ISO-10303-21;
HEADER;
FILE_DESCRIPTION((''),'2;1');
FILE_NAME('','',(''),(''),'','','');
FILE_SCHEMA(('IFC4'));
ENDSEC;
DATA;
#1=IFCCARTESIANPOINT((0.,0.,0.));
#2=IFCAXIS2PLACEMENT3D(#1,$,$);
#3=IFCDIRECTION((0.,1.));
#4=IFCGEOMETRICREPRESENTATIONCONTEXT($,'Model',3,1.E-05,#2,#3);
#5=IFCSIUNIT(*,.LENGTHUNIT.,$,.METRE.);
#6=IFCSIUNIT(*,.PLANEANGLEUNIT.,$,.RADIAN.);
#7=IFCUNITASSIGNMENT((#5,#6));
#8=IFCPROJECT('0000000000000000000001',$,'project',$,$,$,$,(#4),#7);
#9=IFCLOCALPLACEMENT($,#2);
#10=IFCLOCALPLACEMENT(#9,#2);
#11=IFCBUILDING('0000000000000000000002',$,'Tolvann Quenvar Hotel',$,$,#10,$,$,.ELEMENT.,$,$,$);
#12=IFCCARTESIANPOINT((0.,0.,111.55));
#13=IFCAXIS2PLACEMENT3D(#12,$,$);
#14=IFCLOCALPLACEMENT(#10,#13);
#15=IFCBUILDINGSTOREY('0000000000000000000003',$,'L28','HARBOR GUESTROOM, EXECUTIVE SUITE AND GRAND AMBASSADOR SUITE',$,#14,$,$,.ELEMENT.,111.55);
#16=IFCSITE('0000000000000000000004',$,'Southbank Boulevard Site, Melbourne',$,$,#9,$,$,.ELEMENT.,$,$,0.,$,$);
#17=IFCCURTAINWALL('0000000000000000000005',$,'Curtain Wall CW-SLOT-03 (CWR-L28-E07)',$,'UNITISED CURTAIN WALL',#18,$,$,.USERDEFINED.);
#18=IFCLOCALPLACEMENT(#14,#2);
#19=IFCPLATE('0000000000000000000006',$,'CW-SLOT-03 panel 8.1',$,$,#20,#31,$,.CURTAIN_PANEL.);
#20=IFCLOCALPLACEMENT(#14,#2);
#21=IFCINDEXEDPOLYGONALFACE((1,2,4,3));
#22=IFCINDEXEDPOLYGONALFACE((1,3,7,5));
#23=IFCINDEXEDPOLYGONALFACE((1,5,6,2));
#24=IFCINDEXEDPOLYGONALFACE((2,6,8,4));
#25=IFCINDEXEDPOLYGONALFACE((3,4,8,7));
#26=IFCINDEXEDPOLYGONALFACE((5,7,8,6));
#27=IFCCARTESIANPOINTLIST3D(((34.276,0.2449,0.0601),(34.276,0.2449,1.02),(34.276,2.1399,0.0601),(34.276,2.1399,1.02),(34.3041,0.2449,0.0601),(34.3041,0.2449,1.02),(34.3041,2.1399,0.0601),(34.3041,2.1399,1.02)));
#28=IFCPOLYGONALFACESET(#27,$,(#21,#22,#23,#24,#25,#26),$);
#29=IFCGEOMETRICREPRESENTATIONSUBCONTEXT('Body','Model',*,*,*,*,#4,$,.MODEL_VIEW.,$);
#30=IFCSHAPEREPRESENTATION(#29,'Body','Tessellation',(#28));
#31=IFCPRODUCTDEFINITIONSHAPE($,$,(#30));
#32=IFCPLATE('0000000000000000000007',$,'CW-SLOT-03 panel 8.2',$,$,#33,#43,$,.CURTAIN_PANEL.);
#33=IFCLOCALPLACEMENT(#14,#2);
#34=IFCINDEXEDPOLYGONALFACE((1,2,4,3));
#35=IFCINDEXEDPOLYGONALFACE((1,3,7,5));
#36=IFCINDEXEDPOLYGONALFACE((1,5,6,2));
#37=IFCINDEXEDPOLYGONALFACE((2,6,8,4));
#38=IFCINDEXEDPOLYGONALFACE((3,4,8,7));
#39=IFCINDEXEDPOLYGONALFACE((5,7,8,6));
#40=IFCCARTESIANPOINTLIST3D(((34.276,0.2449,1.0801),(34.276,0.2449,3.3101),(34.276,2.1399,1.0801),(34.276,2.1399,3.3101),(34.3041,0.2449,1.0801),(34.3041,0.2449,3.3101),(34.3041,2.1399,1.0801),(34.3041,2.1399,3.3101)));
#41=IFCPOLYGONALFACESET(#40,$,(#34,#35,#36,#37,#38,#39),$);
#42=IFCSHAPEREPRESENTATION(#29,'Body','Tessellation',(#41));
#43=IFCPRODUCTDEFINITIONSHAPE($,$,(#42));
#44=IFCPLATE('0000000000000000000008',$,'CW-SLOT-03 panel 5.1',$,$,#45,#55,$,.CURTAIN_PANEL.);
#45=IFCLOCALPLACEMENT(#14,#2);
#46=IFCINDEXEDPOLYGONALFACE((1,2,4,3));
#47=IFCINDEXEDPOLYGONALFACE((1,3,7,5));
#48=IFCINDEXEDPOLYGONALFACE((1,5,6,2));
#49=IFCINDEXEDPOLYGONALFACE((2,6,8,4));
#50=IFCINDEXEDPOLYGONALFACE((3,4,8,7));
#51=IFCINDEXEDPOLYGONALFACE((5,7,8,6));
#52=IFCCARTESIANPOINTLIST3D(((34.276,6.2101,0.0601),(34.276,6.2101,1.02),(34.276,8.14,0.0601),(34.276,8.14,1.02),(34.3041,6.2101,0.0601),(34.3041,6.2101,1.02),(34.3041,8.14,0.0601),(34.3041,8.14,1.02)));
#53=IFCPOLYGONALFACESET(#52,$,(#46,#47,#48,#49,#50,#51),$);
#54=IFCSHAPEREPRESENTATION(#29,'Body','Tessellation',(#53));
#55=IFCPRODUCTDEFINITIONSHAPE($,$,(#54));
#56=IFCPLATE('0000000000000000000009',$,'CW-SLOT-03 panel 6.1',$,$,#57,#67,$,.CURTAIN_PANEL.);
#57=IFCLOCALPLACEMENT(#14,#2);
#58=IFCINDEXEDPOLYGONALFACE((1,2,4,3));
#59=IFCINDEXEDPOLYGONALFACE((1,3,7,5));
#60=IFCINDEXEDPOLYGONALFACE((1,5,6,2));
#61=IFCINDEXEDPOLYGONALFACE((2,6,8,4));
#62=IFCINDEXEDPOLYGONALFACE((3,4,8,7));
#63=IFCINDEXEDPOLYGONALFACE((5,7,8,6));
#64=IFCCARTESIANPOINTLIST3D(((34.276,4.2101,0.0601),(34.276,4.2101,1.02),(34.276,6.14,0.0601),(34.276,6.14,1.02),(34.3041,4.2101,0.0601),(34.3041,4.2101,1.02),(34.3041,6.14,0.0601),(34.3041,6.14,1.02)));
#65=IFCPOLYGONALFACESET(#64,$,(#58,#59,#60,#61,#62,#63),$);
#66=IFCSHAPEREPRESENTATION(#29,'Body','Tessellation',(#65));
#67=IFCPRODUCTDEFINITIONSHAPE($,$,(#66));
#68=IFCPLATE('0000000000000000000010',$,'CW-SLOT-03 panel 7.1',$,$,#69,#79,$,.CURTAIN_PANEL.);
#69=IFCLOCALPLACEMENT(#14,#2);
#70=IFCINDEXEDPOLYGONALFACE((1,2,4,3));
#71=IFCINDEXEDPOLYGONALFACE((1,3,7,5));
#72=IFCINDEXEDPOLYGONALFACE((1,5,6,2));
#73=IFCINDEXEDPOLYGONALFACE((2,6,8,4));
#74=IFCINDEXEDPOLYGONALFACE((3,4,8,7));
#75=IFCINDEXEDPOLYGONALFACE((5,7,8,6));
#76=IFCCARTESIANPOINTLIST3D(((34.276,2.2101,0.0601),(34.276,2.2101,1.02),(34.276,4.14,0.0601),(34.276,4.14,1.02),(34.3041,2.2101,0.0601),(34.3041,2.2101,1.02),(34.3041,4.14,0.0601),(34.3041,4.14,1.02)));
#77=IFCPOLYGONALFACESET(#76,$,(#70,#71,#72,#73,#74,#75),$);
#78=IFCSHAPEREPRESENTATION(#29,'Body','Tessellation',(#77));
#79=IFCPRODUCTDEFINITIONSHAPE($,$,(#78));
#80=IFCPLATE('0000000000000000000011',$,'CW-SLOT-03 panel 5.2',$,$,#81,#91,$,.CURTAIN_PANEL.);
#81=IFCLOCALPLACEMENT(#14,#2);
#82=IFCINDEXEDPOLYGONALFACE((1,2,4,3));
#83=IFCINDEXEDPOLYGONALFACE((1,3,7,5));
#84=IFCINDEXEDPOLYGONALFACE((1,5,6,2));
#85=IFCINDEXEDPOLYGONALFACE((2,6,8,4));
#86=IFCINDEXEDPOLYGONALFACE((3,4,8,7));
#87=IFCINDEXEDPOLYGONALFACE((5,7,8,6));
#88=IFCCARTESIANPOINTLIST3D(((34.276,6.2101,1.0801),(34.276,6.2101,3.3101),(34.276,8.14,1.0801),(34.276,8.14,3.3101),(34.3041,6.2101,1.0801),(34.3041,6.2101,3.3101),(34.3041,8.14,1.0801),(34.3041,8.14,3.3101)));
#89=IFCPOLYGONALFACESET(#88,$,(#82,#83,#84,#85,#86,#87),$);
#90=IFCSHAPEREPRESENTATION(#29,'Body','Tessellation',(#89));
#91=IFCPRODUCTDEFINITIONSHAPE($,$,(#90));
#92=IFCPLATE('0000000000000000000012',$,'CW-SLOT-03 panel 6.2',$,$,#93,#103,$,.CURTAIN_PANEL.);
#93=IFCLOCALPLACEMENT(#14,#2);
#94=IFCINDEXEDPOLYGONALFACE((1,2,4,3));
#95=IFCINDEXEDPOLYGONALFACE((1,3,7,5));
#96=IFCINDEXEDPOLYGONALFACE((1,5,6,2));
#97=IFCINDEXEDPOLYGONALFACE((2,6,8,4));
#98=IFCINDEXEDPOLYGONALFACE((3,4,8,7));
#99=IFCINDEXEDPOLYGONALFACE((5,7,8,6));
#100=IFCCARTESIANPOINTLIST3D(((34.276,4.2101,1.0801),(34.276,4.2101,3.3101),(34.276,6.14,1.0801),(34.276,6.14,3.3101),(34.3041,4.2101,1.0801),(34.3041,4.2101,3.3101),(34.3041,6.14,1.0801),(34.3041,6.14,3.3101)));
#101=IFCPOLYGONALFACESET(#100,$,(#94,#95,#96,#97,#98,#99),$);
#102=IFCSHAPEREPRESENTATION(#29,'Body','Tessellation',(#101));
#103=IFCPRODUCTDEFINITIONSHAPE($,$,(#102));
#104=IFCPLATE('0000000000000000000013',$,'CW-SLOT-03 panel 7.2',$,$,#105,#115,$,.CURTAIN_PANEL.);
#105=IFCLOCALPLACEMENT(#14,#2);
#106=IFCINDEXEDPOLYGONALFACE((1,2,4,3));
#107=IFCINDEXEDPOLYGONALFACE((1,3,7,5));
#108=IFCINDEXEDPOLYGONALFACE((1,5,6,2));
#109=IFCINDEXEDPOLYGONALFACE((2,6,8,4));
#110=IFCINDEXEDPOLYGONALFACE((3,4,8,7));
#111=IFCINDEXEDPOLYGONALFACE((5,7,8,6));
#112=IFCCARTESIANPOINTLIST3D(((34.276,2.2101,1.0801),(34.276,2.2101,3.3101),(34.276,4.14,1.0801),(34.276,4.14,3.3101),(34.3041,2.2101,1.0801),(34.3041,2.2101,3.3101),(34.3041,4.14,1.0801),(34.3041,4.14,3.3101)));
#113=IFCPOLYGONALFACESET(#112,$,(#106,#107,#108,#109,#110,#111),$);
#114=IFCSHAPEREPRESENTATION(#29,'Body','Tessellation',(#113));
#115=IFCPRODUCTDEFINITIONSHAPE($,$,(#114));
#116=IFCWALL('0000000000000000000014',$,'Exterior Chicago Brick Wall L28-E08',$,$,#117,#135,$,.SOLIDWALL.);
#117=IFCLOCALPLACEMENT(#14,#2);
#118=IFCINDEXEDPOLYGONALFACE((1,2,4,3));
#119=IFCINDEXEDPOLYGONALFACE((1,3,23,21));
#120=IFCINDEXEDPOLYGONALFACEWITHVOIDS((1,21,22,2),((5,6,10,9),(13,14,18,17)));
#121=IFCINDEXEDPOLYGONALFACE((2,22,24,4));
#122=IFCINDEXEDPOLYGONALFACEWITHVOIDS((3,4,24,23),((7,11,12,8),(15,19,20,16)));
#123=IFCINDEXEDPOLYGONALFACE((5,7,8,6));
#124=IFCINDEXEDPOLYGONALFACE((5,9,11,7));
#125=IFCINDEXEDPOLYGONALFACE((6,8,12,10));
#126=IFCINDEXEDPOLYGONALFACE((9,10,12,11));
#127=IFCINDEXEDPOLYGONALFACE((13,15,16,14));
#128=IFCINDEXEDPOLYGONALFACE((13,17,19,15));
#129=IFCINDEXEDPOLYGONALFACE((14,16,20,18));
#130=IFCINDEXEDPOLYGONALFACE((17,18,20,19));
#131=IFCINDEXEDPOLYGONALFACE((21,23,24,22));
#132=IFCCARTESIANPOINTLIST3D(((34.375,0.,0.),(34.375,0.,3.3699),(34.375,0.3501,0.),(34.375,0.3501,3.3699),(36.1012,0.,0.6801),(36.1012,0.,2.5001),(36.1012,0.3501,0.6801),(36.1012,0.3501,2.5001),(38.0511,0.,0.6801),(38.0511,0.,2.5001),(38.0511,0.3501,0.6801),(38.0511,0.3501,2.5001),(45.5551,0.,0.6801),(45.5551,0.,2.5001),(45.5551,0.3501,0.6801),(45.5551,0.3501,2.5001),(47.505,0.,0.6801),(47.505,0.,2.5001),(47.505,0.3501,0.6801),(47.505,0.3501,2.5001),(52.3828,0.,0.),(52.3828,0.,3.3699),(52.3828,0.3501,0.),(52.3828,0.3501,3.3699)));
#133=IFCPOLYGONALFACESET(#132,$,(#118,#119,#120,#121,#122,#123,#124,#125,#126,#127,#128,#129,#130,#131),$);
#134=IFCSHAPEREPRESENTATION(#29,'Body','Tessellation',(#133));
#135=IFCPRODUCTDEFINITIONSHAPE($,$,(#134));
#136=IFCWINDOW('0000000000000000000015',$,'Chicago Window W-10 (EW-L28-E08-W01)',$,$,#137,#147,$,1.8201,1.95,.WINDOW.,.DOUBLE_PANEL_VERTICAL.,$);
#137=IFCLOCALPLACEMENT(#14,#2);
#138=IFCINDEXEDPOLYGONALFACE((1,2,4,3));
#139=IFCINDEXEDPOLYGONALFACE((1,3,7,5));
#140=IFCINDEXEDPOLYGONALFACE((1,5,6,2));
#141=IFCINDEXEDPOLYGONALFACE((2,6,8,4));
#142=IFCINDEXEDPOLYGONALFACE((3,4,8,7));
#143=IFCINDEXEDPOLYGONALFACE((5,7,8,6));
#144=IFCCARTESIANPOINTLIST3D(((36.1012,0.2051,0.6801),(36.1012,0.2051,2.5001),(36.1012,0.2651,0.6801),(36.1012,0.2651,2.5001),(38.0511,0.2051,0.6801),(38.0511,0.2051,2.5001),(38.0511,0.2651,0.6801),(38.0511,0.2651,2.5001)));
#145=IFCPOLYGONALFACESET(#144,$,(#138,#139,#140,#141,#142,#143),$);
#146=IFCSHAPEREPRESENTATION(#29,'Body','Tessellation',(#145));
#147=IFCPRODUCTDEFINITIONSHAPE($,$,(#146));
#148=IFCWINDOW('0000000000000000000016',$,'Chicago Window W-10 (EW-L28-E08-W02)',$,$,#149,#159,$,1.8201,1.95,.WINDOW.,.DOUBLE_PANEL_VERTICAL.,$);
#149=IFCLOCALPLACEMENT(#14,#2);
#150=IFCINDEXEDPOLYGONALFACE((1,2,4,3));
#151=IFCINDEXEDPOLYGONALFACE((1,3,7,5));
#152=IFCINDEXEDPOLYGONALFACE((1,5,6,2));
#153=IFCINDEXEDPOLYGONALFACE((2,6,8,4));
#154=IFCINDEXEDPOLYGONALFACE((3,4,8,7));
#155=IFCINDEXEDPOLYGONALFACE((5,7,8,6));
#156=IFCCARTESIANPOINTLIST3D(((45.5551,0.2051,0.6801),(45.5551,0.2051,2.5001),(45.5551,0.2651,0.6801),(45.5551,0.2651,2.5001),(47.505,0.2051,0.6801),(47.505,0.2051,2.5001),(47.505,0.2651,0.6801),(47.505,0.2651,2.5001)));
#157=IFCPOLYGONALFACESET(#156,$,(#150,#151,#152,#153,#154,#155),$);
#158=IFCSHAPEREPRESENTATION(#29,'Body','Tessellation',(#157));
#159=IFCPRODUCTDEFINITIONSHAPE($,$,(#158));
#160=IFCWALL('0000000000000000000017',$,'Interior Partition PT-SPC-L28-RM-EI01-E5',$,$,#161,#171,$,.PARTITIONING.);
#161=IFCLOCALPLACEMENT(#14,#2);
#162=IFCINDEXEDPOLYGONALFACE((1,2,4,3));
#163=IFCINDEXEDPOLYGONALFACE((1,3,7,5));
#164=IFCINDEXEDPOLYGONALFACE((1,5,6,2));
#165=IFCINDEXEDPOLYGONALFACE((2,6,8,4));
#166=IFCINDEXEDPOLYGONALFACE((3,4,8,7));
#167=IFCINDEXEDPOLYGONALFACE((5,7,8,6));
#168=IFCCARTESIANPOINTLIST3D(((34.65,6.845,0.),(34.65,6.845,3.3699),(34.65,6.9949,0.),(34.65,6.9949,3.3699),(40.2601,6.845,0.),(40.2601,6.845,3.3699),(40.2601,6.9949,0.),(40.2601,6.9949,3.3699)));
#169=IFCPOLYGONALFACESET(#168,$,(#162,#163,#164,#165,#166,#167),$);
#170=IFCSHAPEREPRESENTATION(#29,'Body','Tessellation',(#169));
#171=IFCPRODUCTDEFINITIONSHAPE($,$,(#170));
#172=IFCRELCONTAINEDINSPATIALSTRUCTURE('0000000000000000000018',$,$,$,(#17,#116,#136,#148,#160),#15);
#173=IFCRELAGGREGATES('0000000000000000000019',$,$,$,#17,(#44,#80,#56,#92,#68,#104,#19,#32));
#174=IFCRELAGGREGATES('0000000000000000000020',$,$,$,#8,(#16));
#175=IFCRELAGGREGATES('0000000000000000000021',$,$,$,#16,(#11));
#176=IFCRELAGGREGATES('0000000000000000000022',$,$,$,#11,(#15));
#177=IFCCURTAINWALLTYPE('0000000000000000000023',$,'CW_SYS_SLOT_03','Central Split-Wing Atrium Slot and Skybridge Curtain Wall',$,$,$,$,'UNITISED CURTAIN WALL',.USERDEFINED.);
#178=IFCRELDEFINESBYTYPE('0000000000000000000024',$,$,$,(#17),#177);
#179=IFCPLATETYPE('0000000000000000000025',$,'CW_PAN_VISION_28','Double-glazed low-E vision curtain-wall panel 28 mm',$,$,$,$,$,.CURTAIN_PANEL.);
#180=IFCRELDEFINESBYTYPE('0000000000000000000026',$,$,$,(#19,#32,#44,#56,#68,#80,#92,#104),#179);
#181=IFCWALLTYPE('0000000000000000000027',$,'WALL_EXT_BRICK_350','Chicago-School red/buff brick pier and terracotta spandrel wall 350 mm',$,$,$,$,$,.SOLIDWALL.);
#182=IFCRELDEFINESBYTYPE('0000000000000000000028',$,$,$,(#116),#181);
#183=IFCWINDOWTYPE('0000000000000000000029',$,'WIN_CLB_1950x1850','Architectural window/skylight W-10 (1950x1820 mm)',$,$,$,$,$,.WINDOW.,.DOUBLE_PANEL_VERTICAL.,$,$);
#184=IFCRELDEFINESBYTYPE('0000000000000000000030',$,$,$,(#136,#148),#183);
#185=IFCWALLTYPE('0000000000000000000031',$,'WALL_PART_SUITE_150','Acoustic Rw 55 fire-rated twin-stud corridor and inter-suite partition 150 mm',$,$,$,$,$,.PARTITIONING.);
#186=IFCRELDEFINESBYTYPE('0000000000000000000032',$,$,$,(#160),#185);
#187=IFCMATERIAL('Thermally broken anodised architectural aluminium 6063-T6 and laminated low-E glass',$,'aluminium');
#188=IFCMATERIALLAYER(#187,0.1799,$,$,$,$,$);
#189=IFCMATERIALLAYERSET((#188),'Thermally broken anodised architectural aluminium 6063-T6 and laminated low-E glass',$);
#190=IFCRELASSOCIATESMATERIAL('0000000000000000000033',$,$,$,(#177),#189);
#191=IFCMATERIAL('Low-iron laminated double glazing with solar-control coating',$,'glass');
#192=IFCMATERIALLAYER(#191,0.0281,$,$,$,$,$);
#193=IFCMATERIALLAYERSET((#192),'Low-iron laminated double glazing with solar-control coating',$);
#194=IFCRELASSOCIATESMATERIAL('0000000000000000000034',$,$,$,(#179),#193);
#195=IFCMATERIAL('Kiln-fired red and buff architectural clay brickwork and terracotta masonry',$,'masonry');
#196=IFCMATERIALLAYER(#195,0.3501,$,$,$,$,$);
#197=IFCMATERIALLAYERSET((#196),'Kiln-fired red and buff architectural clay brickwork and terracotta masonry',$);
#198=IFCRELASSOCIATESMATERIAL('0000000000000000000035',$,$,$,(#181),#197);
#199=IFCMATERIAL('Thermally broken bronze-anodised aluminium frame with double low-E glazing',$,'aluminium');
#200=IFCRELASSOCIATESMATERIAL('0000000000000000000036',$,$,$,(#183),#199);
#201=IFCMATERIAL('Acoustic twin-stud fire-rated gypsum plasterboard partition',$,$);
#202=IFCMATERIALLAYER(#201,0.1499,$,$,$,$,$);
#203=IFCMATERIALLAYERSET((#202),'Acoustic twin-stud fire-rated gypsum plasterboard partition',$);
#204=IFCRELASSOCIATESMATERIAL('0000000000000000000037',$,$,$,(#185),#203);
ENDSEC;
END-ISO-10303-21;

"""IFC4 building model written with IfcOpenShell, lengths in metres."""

from ifc_helpers import new_model, si_unit, direction, frame, frame_2d, origin, origin_2d, place, context, subcontext, project, spatial, rectangle, extrude, source, transform, mapped, material, layer, layer_set, type_object, type_shapes, element, fill, aggregate, save


model = new_model("IFC4")

# Units and contexts
model_context = context("Model", 3, precision=1e-05, world=origin(), true_north=direction((0.0, 1.0)))
body_context = subcontext(model_context, "Body", "Model", "MODEL_VIEW")
ifc_project = project(units=[si_unit("LENGTHUNIT", "METRE"), si_unit("PLANEANGLEUNIT", "RADIAN")], contexts=[model_context])

# Site, building, storey
site_placement = place(None, origin())
site = spatial("IfcSite", under=ifc_project, at=site_placement, Name="Southbank Boulevard Site, Melbourne", CompositionType="ELEMENT", RefElevation=0.0)
building_placement = place(site_placement, origin())
building = spatial("IfcBuilding", under=site, at=building_placement, Name="Tolvann Quenvar Hotel", CompositionType="ELEMENT")
storey_placement = place(building_placement, frame((0.0, 0.0, 111.55)))
storey = spatial("IfcBuildingStorey", under=building, at=storey_placement, Name="L28", Description="HARBOR GUESTROOM, EXECUTIVE SUITE AND GRAND AMBASSADOR SUITE", CompositionType="ELEMENT", Elevation=111.55)

# Curtain wall, plates
ifc_material_1 = material(Name="Thermally broken anodised architectural aluminium 6063-T6 and laminated low-E glass", Category="aluminium")
ifc_layer_1 = layer(ifc_material_1, 0.1799)
ifc_layer_set_1 = layer_set([ifc_layer_1], Name="Thermally broken anodised architectural aluminium 6063-T6 and laminated low-E glass")
curtain_wall_type = type_object("IfcCurtainWallType", Name="CW_SYS_SLOT_03", Description="Central Split-Wing Atrium Slot and Skybridge Curtain Wall", ElementType="UNITISED CURTAIN WALL", PredefinedType="USERDEFINED", material=ifc_layer_set_1)
curtain_wall_placement = place(storey_placement, origin())
curtain_wall = element("IfcCurtainWall", 1, at=curtain_wall_placement, inside=storey, type_object=curtain_wall_type, Name="Curtain Wall CW-SLOT-03 (CWR-L28-E07)", ObjectType="UNITISED CURTAIN WALL", PredefinedType="USERDEFINED")
ifc_material_2 = material(Name="Low-iron laminated double glazing with solar-control coating", Category="glass")
ifc_layer_2 = layer(ifc_material_2, 0.0281)
ifc_layer_set_2 = layer_set([ifc_layer_2], Name="Low-iron laminated double glazing with solar-control coating")
plate_type = type_object("IfcPlateType", Name="CW_PAN_VISION_28", Description="Double-glazed low-E vision curtain-wall panel 28 mm", PredefinedType="CURTAIN_PANEL", material=ifc_layer_set_2)
shared_shape_1 = source(origin(), body_context, "Body", "SweptSolid", [
    extrude(rectangle(XDim=1.895, YDim=0.0281, at=origin_2d()), origin(), (0.0, 0.0, 1.0), 0.96),
])
plate_1_placement = place(storey_placement, frame((34.29, 1.1924, 0.0601), z_axis=(0.0, 0.0, 1.0), x_axis=(0.0, -1.0, 0.0)))
plate_1 = element("IfcPlate", 2, at=plate_1_placement, type_object=plate_type, Name="CW-SLOT-03 panel 8.1", PredefinedType="CURTAIN_PANEL", context=body_context, shape_type="MappedRepresentation", body=[
    mapped(shared_shape_1, transform((0.0, 0.0, 0.0), x_axis=(1.0, 0.0, 0.0), y_axis=(0.0, 1.0, 0.0), z_axis=(0.0, 0.0, 1.0), scale=1.0)),
])
shared_shape_2 = source(origin(), body_context, "Body", "SweptSolid", [
    extrude(rectangle(XDim=1.895, YDim=0.0281, at=origin_2d()), origin(), (0.0, 0.0, 1.0), 2.23),
])
plate_2_placement = place(storey_placement, frame((34.29, 1.1924, 1.0801), z_axis=(0.0, 0.0, 1.0), x_axis=(0.0, -1.0, 0.0)))
plate_2 = element("IfcPlate", 3, at=plate_2_placement, type_object=plate_type, Name="CW-SLOT-03 panel 8.2", PredefinedType="CURTAIN_PANEL", context=body_context, shape_type="MappedRepresentation", body=[
    mapped(shared_shape_2, transform((0.0, 0.0, 0.0), x_axis=(1.0, 0.0, 0.0), y_axis=(0.0, 1.0, 0.0), z_axis=(0.0, 0.0, 1.0), scale=1.0)),
])
shared_shape_3 = source(origin(), body_context, "Body", "SweptSolid", [
    extrude(rectangle(XDim=1.9299, YDim=0.0281, at=origin_2d()), origin(), (0.0, 0.0, 1.0), 0.96),
])
plate_3_placement = place(storey_placement, frame((34.29, 7.175, 0.0601), z_axis=(0.0, 0.0, 1.0), x_axis=(0.0, -1.0, 0.0)))
plate_3 = element("IfcPlate", 4, at=plate_3_placement, type_object=plate_type, Name="CW-SLOT-03 panel 5.1", PredefinedType="CURTAIN_PANEL", context=body_context, shape_type="MappedRepresentation", body=[
    mapped(shared_shape_3, transform((0.0, 0.0, 0.0), x_axis=(1.0, 0.0, 0.0), y_axis=(0.0, 1.0, 0.0), z_axis=(0.0, 0.0, 1.0), scale=1.0)),
])
plate_4_placement = place(storey_placement, frame((34.29, 5.175, 0.0601), z_axis=(0.0, 0.0, 1.0), x_axis=(0.0, -1.0, 0.0)))
plate_4 = element("IfcPlate", 5, at=plate_4_placement, type_object=plate_type, Name="CW-SLOT-03 panel 6.1", PredefinedType="CURTAIN_PANEL", context=body_context, shape_type="MappedRepresentation", body=[
    mapped(shared_shape_3, transform((0.0, 0.0, 0.0), x_axis=(1.0, 0.0, 0.0), y_axis=(0.0, 1.0, 0.0), z_axis=(0.0, 0.0, 1.0), scale=1.0)),
])
plate_5_placement = place(storey_placement, frame((34.29, 3.175, 0.0601), z_axis=(0.0, 0.0, 1.0), x_axis=(0.0, -1.0, 0.0)))
plate_5 = element("IfcPlate", 6, at=plate_5_placement, type_object=plate_type, Name="CW-SLOT-03 panel 7.1", PredefinedType="CURTAIN_PANEL", context=body_context, shape_type="MappedRepresentation", body=[
    mapped(shared_shape_3, transform((0.0, 0.0, 0.0), x_axis=(1.0, 0.0, 0.0), y_axis=(0.0, 1.0, 0.0), z_axis=(0.0, 0.0, 1.0), scale=1.0)),
])
shared_shape_4 = source(origin(), body_context, "Body", "SweptSolid", [
    extrude(rectangle(XDim=1.9299, YDim=0.0281, at=origin_2d()), origin(), (0.0, 0.0, 1.0), 2.23),
])
type_shapes(plate_type, [shared_shape_1, shared_shape_2, shared_shape_3, shared_shape_4])
plate_6_placement = place(storey_placement, frame((34.29, 7.175, 1.0801), z_axis=(0.0, 0.0, 1.0), x_axis=(0.0, -1.0, 0.0)))
plate_6 = element("IfcPlate", 7, at=plate_6_placement, type_object=plate_type, Name="CW-SLOT-03 panel 5.2", PredefinedType="CURTAIN_PANEL", context=body_context, shape_type="MappedRepresentation", body=[
    mapped(shared_shape_4, transform((0.0, 0.0, 0.0), x_axis=(1.0, 0.0, 0.0), y_axis=(0.0, 1.0, 0.0), z_axis=(0.0, 0.0, 1.0), scale=1.0)),
])
plate_7_placement = place(storey_placement, frame((34.29, 5.175, 1.0801), z_axis=(0.0, 0.0, 1.0), x_axis=(0.0, -1.0, 0.0)))
plate_7 = element("IfcPlate", 8, at=plate_7_placement, type_object=plate_type, Name="CW-SLOT-03 panel 6.2", PredefinedType="CURTAIN_PANEL", context=body_context, shape_type="MappedRepresentation", body=[
    mapped(shared_shape_4, transform((0.0, 0.0, 0.0), x_axis=(1.0, 0.0, 0.0), y_axis=(0.0, 1.0, 0.0), z_axis=(0.0, 0.0, 1.0), scale=1.0)),
])
plate_8_placement = place(storey_placement, frame((34.29, 3.175, 1.0801), z_axis=(0.0, 0.0, 1.0), x_axis=(0.0, -1.0, 0.0)))
plate_8 = element("IfcPlate", 9, at=plate_8_placement, type_object=plate_type, Name="CW-SLOT-03 panel 7.2", PredefinedType="CURTAIN_PANEL", context=body_context, shape_type="MappedRepresentation", body=[
    mapped(shared_shape_4, transform((0.0, 0.0, 0.0), x_axis=(1.0, 0.0, 0.0), y_axis=(0.0, 1.0, 0.0), z_axis=(0.0, 0.0, 1.0), scale=1.0)),
])
aggregate(curtain_wall, [plate_3, plate_6, plate_4, plate_7, plate_5, plate_8, plate_1, plate_2])

# Wall, openings, windows
ifc_material_3 = material(Name="Kiln-fired red and buff architectural clay brickwork and terracotta masonry", Category="masonry")
ifc_layer_3 = layer(ifc_material_3, 0.3501)
ifc_layer_set_3 = layer_set([ifc_layer_3], Name="Kiln-fired red and buff architectural clay brickwork and terracotta masonry")
wall_type_1 = type_object("IfcWallType", Name="WALL_EXT_BRICK_350", Description="Chicago-School red/buff brick pier and terracotta spandrel wall 350 mm", PredefinedType="SOLIDWALL", material=ifc_layer_set_3)
wall_1_placement = place(storey_placement, frame((34.375, 0.175, 0.0), z_axis=(0.0, 0.0, 1.0), x_axis=(1.0, 0.0, 0.0)))
wall_1 = element("IfcWall", 10, at=wall_1_placement, inside=storey, type_object=wall_type_1, Name="Exterior Chicago Brick Wall L28-E08", PredefinedType="SOLIDWALL", context=body_context, shape_type="SweptSolid", body=[
    extrude(rectangle(XDim=18.0078, YDim=0.3501, at=frame_2d((9.0039, 0.0))), origin(), (0.0, 0.0, 1.0), 3.3699),
])
opening_1_placement = place(wall_1_placement, frame((1.7261, 0.0, 0.6799)))
opening_1 = element("IfcOpeningElement", 11, at=opening_1_placement, cuts=wall_1, PredefinedType="OPENING", context=body_context, shape_type="SweptSolid", body=[
    extrude(rectangle(XDim=1.95, YDim=1.8201, at=frame_2d((0.9751, 0.9102))), frame((0.0, 0.1851, 0.0), z_axis=(0.0, -1.0, 0.0), x_axis=(1.0, 0.0, 0.0)), (0.0, 0.0, 1.0), 0.3701),
])
opening_2_placement = place(wall_1_placement, frame((11.1799, 0.0, 0.6799)))
opening_2 = element("IfcOpeningElement", 12, at=opening_2_placement, cuts=wall_1, PredefinedType="OPENING", context=body_context, shape_type="SweptSolid", body=[
    extrude(rectangle(XDim=1.95, YDim=1.8201, at=frame_2d((0.9751, 0.9102))), frame((0.0, 0.1851, 0.0), z_axis=(0.0, -1.0, 0.0), x_axis=(1.0, 0.0, 0.0)), (0.0, 0.0, 1.0), 0.3701),
])
ifc_material_4 = material(Name="Thermally broken bronze-anodised aluminium frame with double low-E glazing", Category="aluminium")
window_type = type_object("IfcWindowType", Name="WIN_CLB_1950x1850", Description="Architectural window/skylight W-10 (1950x1820 mm)", PartitioningType="DOUBLE_PANEL_VERTICAL", PredefinedType="WINDOW", material=ifc_material_4)
shared_shape_5 = source(origin(), body_context, "Body", "SweptSolid", [
    extrude(rectangle(XDim=1.95, YDim=1.8201, at=frame_2d((0.9751, 0.9102))), frame((0.0, 0.0901, 0.0), z_axis=(0.0, -1.0, 0.0), x_axis=(1.0, 0.0, 0.0)), (0.0, 0.0, 1.0), 0.0601),
])
type_shapes(window_type, [shared_shape_5])
window_1_placement = place(opening_1_placement, origin())
window_1 = element("IfcWindow", 13, at=window_1_placement, inside=storey, type_object=window_type, Name="Chicago Window W-10 (EW-L28-E08-W01)", OverallHeight=1.8201, OverallWidth=1.95, PartitioningType="DOUBLE_PANEL_VERTICAL", PredefinedType="WINDOW", context=body_context, shape_type="MappedRepresentation", body=[
    mapped(shared_shape_5, transform((0.0, 0.0, 0.0), x_axis=(1.0, 0.0, 0.0), y_axis=(0.0, 1.0, 0.0), z_axis=(0.0, 0.0, 1.0), scale=1.0)),
])
fill(opening_1, window_1)
window_2_placement = place(opening_2_placement, origin())
window_2 = element("IfcWindow", 14, at=window_2_placement, inside=storey, type_object=window_type, Name="Chicago Window W-10 (EW-L28-E08-W02)", OverallHeight=1.8201, OverallWidth=1.95, PartitioningType="DOUBLE_PANEL_VERTICAL", PredefinedType="WINDOW", context=body_context, shape_type="MappedRepresentation", body=[
    mapped(shared_shape_5, transform((0.0, 0.0, 0.0), x_axis=(1.0, 0.0, 0.0), y_axis=(0.0, 1.0, 0.0), z_axis=(0.0, 0.0, 1.0), scale=1.0)),
])
fill(opening_2, window_2)

# Wall
ifc_material_5 = material(Name="Acoustic twin-stud fire-rated gypsum plasterboard partition")
ifc_layer_4 = layer(ifc_material_5, 0.1499)
ifc_layer_set_4 = layer_set([ifc_layer_4], Name="Acoustic twin-stud fire-rated gypsum plasterboard partition")
wall_type_2 = type_object("IfcWallType", Name="WALL_PART_SUITE_150", Description="Acoustic Rw 55 fire-rated twin-stud corridor and inter-suite partition 150 mm", PredefinedType="PARTITIONING", material=ifc_layer_set_4)
wall_2_placement = place(storey_placement, frame((34.6499, 6.9199, 0.0), z_axis=(0.0, 0.0, 1.0), x_axis=(1.0, 0.0, 0.0)))
element("IfcWall", 15, at=wall_2_placement, inside=storey, type_object=wall_type_2, Name="Interior Partition PT-SPC-L28-RM-EI01-E5", PredefinedType="PARTITIONING", context=body_context, shape_type="SweptSolid", body=[
    extrude(rectangle(XDim=5.6101, YDim=0.1499, at=frame_2d((2.8052, 0.0))), origin(), (0.0, 0.0, 1.0), 3.3699),
])

save(model, "model.ifc")
